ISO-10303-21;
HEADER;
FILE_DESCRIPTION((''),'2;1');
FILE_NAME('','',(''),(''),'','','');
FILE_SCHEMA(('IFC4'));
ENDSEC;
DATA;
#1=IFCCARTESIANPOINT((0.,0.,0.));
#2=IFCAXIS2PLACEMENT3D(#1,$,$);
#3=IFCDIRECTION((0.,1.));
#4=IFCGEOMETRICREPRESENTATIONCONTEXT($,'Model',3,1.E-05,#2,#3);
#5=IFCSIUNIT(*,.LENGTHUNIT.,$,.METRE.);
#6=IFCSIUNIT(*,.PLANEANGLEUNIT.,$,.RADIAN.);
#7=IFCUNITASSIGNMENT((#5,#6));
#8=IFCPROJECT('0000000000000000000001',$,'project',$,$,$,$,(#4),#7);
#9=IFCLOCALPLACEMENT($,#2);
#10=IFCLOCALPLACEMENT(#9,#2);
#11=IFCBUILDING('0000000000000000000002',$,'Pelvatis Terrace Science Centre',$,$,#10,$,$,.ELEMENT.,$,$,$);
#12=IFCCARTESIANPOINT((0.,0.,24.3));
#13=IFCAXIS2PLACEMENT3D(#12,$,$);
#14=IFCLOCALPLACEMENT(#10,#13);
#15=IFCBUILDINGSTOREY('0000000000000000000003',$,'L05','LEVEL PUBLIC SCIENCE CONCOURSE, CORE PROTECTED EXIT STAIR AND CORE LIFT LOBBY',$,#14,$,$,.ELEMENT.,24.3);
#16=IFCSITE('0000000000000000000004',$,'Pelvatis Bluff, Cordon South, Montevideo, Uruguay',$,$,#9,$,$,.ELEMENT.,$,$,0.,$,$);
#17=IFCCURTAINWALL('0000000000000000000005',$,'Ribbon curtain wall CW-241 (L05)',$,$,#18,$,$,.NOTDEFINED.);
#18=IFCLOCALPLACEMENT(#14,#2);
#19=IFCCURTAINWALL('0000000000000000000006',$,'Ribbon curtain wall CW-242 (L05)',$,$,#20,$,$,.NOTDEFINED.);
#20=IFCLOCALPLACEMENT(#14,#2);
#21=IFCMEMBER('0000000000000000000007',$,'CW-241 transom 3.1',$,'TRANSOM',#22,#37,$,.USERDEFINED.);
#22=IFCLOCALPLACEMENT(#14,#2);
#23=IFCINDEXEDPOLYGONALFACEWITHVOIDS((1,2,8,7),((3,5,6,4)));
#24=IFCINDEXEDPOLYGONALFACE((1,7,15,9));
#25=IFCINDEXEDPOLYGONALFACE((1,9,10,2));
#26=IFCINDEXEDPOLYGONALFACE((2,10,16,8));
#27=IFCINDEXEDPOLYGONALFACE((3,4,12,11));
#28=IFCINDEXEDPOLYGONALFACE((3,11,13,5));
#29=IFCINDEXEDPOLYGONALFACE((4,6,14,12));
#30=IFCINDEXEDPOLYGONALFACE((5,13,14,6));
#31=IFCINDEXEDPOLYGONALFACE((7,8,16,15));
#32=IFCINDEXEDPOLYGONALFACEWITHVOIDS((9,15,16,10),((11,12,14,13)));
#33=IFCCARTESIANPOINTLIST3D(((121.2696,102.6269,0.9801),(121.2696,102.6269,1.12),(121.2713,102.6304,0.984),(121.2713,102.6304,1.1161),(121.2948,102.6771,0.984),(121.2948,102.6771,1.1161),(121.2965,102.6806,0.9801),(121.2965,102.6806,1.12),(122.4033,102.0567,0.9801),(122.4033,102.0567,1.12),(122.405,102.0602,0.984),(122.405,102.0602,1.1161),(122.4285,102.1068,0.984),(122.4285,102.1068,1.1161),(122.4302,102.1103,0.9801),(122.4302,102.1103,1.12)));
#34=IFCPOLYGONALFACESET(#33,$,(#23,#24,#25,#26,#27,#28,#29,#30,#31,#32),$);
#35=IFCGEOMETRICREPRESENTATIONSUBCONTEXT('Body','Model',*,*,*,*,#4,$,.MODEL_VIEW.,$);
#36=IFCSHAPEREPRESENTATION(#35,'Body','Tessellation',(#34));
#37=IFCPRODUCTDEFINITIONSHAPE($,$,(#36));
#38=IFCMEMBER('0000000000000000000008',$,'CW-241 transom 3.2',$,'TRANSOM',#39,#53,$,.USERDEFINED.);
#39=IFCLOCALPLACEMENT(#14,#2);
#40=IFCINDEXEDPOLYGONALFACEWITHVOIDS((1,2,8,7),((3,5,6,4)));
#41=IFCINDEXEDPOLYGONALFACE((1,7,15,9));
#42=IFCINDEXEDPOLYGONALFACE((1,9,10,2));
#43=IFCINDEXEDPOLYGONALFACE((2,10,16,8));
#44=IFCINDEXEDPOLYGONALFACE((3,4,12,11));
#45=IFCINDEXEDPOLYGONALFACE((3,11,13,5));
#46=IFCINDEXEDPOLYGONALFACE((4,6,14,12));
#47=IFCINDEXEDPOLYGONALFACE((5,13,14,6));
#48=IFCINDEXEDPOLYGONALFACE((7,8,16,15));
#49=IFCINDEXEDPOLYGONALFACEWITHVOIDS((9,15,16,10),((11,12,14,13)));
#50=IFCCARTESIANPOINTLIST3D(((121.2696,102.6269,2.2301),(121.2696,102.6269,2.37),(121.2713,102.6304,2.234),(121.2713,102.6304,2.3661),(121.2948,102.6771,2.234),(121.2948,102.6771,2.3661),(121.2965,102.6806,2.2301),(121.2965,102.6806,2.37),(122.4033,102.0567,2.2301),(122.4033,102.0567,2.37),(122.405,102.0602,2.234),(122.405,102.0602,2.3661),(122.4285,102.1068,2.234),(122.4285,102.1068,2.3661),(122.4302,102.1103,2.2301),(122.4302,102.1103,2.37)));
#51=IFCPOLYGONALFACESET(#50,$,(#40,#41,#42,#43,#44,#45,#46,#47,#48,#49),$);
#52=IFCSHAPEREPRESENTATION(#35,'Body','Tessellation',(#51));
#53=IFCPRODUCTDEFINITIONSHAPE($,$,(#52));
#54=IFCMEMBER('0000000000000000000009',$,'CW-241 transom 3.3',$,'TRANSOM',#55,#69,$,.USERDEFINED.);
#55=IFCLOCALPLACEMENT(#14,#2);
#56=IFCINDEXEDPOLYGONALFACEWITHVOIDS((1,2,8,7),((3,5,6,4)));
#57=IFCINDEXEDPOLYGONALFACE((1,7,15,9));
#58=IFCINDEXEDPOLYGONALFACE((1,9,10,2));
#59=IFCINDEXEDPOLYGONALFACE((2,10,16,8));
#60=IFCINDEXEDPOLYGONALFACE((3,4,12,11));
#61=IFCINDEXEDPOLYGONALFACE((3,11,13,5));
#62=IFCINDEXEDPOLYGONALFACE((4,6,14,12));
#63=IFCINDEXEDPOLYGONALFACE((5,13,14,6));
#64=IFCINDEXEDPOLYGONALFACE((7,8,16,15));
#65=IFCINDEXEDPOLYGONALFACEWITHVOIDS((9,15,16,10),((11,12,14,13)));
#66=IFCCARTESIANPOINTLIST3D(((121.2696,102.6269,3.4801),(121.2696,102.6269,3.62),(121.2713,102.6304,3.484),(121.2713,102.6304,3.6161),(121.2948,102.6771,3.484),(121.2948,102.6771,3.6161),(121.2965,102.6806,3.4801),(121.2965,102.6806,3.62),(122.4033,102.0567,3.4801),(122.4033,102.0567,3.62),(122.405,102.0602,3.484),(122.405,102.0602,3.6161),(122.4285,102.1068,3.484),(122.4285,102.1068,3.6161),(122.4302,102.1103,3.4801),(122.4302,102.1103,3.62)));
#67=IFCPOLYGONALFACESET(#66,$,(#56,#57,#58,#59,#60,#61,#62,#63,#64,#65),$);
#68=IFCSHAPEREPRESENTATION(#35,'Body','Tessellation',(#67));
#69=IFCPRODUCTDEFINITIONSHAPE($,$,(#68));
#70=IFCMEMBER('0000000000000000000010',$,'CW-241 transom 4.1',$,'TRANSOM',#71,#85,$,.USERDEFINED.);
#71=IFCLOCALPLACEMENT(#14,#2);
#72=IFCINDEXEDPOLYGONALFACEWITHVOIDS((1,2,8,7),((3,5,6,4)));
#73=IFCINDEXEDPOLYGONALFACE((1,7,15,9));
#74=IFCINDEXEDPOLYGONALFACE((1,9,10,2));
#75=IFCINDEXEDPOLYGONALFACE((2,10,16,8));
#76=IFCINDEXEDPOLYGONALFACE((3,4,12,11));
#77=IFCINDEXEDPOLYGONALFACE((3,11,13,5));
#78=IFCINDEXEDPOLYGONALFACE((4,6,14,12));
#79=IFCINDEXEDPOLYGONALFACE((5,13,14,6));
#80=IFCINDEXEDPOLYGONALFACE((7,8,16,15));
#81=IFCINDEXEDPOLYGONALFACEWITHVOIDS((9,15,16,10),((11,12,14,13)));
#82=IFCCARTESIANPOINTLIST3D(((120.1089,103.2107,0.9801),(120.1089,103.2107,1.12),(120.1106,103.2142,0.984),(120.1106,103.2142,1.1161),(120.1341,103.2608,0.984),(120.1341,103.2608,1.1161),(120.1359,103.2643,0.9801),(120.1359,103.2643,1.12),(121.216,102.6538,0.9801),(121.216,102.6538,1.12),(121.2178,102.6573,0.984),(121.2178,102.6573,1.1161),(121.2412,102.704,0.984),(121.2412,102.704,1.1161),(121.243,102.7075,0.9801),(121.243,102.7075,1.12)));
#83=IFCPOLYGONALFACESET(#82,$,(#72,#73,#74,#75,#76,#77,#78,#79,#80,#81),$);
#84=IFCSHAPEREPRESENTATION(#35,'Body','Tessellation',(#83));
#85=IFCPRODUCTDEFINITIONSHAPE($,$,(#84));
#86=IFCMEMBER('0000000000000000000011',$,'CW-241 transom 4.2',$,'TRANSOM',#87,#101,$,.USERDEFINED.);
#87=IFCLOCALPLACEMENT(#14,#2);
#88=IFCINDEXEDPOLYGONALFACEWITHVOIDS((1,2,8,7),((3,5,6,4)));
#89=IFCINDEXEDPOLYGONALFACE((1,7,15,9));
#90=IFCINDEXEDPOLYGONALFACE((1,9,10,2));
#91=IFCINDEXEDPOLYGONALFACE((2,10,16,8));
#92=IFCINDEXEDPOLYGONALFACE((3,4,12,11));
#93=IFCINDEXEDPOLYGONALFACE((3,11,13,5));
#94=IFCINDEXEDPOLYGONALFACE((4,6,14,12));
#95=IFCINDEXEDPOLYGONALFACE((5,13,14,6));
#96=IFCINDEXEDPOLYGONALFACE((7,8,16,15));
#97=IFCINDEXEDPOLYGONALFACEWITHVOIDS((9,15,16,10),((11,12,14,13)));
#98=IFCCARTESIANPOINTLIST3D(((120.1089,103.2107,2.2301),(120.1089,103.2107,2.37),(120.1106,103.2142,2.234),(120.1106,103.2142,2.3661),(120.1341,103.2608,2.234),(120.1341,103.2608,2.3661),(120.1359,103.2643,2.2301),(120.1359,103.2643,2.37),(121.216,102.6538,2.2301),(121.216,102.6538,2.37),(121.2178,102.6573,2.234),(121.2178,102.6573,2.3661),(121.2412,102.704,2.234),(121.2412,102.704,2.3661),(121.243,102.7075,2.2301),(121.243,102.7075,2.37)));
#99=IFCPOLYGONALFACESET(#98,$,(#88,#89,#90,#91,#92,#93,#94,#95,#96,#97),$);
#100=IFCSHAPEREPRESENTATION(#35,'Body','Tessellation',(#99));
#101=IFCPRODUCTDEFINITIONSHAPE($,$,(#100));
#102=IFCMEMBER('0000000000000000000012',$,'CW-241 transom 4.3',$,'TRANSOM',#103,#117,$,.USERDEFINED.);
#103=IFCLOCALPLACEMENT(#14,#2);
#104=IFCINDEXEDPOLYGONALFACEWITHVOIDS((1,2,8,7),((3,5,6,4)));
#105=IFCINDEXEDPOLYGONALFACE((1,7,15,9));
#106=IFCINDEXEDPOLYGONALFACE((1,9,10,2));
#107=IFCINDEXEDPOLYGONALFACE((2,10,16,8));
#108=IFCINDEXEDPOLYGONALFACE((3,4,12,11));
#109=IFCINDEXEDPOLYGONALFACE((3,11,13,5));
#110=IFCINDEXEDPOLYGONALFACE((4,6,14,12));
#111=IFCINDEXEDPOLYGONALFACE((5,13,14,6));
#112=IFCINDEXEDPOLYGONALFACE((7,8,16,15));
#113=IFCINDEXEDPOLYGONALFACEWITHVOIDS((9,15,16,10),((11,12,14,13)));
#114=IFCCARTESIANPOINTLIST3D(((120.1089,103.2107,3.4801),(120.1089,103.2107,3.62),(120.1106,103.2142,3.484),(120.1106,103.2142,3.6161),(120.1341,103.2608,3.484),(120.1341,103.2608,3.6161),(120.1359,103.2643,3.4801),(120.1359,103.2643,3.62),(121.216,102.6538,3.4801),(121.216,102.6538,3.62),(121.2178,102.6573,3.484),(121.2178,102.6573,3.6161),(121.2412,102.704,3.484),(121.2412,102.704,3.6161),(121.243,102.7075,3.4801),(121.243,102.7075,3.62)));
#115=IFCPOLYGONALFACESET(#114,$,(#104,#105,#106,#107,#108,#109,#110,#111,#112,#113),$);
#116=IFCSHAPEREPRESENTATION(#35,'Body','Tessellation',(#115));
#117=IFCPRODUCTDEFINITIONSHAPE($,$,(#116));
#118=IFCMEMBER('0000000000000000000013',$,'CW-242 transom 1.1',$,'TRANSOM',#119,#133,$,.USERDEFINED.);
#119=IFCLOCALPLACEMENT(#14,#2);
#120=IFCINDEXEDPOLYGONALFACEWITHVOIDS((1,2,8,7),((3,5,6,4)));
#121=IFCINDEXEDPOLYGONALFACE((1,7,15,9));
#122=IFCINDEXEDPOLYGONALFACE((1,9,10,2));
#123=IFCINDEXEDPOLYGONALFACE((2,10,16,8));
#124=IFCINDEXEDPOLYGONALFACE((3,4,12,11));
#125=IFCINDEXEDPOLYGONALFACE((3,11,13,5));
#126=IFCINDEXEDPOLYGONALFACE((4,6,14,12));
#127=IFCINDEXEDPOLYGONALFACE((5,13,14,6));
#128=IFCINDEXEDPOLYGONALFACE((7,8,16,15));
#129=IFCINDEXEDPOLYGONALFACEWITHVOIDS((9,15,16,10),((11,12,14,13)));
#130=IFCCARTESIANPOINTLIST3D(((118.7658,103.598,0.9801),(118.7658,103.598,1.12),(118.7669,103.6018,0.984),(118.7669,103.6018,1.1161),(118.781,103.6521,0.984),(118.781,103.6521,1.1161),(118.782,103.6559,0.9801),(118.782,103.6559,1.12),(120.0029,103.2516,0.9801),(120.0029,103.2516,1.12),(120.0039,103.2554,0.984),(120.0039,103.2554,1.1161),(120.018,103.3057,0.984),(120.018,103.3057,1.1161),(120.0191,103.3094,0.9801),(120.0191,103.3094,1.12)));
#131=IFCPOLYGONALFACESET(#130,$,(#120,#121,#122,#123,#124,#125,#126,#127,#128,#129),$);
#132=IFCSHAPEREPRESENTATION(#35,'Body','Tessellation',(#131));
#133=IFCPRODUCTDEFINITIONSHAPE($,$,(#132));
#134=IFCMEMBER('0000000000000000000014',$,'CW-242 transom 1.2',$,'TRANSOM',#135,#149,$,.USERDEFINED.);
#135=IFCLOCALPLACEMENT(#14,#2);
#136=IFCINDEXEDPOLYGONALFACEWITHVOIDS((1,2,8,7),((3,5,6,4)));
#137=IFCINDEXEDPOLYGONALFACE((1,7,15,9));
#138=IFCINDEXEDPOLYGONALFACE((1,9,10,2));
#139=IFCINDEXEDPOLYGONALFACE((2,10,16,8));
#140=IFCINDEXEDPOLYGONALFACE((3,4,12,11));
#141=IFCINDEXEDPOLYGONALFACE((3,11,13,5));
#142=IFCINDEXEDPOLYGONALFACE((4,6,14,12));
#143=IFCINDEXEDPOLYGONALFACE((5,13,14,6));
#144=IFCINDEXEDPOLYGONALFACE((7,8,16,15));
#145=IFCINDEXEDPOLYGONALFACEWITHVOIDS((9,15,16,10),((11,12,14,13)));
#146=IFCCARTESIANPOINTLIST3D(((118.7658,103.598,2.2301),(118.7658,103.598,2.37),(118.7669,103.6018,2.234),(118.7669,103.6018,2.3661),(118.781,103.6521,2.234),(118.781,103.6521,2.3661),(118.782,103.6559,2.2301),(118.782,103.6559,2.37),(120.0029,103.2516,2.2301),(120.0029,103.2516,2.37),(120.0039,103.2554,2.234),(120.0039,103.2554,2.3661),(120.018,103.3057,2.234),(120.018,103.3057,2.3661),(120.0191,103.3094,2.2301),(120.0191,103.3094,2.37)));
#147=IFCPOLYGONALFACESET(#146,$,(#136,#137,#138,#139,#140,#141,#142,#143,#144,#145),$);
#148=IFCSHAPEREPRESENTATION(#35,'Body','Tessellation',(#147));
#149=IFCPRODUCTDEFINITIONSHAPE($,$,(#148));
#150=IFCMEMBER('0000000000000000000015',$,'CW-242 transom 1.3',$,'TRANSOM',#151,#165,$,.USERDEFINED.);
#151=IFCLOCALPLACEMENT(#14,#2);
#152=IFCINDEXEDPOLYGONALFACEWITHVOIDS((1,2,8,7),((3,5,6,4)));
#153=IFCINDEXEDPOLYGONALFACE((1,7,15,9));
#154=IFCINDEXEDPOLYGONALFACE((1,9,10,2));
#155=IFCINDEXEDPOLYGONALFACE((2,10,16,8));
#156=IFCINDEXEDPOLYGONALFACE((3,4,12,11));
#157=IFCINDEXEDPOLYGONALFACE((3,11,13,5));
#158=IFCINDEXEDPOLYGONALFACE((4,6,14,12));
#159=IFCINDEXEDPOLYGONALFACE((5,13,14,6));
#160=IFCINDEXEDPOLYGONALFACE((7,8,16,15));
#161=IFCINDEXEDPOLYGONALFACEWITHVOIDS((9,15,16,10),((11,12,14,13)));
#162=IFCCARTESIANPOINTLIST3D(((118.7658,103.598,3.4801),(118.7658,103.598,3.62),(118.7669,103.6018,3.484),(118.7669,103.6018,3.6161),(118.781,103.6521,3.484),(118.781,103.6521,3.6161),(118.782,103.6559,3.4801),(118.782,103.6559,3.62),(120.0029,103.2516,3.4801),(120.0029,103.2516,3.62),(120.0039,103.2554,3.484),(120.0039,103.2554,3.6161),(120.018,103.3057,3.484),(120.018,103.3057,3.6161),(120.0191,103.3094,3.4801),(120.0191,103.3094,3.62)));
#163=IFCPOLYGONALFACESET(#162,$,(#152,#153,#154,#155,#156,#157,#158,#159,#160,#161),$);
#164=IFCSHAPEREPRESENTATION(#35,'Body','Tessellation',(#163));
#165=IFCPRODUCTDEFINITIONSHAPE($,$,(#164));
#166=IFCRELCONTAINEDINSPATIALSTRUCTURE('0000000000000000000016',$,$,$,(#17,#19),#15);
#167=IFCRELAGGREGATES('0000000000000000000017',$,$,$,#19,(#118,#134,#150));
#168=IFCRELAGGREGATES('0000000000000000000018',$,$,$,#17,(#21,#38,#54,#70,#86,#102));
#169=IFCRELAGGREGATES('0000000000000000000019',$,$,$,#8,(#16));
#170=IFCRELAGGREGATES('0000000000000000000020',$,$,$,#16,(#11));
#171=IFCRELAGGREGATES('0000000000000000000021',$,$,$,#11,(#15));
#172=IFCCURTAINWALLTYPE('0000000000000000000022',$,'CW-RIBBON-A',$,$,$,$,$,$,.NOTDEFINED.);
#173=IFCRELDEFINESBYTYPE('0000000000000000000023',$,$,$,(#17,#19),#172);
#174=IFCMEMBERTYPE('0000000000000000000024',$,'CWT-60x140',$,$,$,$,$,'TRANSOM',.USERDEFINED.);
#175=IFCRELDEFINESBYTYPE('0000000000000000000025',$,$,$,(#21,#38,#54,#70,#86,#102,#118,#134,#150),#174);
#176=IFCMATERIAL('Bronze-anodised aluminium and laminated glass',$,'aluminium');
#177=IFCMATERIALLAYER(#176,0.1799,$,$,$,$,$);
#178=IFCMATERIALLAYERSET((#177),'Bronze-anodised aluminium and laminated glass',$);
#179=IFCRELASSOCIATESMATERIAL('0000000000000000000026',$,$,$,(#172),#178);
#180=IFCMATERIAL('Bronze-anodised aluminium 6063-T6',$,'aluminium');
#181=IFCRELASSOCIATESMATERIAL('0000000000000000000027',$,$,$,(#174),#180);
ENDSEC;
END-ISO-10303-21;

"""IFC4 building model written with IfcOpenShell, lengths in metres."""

from ifc_helpers import new_model, si_unit, direction, frame, origin, origin_2d, place, context, subcontext, project, spatial, hollow_rectangle, extrude, material, layer, layer_set, material_profile, profile_set, type_object, element, aggregate, save


model = new_model("IFC4")

# Units and contexts
model_context = context("Model", 3, precision=1e-05, world=origin(), true_north=direction((0.0, 1.0)))
body_context = subcontext(model_context, "Body", "Model", "MODEL_VIEW")
ifc_project = project(units=[si_unit("LENGTHUNIT", "METRE"), si_unit("PLANEANGLEUNIT", "RADIAN")], contexts=[model_context])

# Site, building, storey
site_placement = place(None, origin())
site = spatial("IfcSite", under=ifc_project, at=site_placement, Name="Pelvatis Bluff, Cordon South, Montevideo, Uruguay", CompositionType="ELEMENT", RefElevation=0.0)
building_placement = place(site_placement, origin())
building = spatial("IfcBuilding", under=site, at=building_placement, Name="Pelvatis Terrace Science Centre", CompositionType="ELEMENT")
storey_placement = place(building_placement, frame((0.0, 0.0, 24.3)))
storey = spatial("IfcBuildingStorey", under=building, at=storey_placement, Name="L05", Description="LEVEL PUBLIC SCIENCE CONCOURSE, CORE PROTECTED EXIT STAIR AND CORE LIFT LOBBY", CompositionType="ELEMENT", Elevation=24.3)

# Curtain wall
ifc_material_1 = material(Name="Bronze-anodised aluminium and laminated glass", Category="aluminium")
ifc_layer_1 = layer(ifc_material_1, 0.1799)
ifc_layer_set_1 = layer_set([ifc_layer_1], Name="Bronze-anodised aluminium and laminated glass")
curtain_wall_type = type_object("IfcCurtainWallType", Name="CW-RIBBON-A", PredefinedType="NOTDEFINED", material=ifc_layer_set_1)
curtain_wall_1_placement = place(storey_placement, origin())
curtain_wall_1 = element("IfcCurtainWall", 1, at=curtain_wall_1_placement, inside=storey, type_object=curtain_wall_type, Name="Ribbon curtain wall CW-241 (L05)", PredefinedType="NOTDEFINED")

# Curtain wall
curtain_wall_2_placement = place(storey_placement, origin())
curtain_wall_2 = element("IfcCurtainWall", 2, at=curtain_wall_2_placement, inside=storey, type_object=curtain_wall_type, Name="Ribbon curtain wall CW-242 (L05)", PredefinedType="NOTDEFINED")

# Members
ifc_material_2 = material(Name="Bronze-anodised aluminium 6063-T6", Category="aluminium")
ifc_material_profile_1 = material_profile(ifc_material_2, hollow_rectangle(XDim=0.0601, YDim=0.1399, WallThickness=0.0039, at=origin_2d()), Name="ALU-TRN 60x140")
ifc_profile_set_1 = profile_set([ifc_material_profile_1], Name="Bronze-anodised aluminium 6063-T6")
member_type_1 = type_object("IfcMemberType", Name="CWT-60x140", ElementType="TRANSOM", PredefinedType="USERDEFINED", material=ifc_profile_set_1)
member_1_placement = place(storey_placement, frame((122.4167, 102.0835, 1.05), z_axis=(-0.893347, 0.449367, 0.0), x_axis=(-0.449367, -0.893347, 0.0)))
member_1 = element("IfcMember", 3, at=member_1_placement, type_object=member_type_1, Name="CW-241 transom 3.1", ObjectType="TRANSOM", PredefinedType="USERDEFINED", context=body_context, shape_type="SweptSolid", body=[
    extrude(hollow_rectangle(XDim=0.0601, YDim=0.1399, WallThickness=0.0039, at=origin_2d()), origin(), (0.0, 0.0, 1.0), 1.269),
])
member_2_placement = place(storey_placement, frame((122.4167, 102.0835, 2.3), z_axis=(-0.893347, 0.449367, 0.0), x_axis=(-0.449367, -0.893347, 0.0)))
member_2 = element("IfcMember", 4, at=member_2_placement, type_object=member_type_1, Name="CW-241 transom 3.2", ObjectType="TRANSOM", PredefinedType="USERDEFINED", context=body_context, shape_type="SweptSolid", body=[
    extrude(hollow_rectangle(XDim=0.0601, YDim=0.1399, WallThickness=0.0039, at=origin_2d()), origin(), (0.0, 0.0, 1.0), 1.269),
])
member_3_placement = place(storey_placement, frame((122.4167, 102.0835, 3.55), z_axis=(-0.893347, 0.449367, 0.0), x_axis=(-0.449367, -0.893347, 0.0)))
member_3 = element("IfcMember", 5, at=member_3_placement, type_object=member_type_1, Name="CW-241 transom 3.3", ObjectType="TRANSOM", PredefinedType="USERDEFINED", context=body_context, shape_type="SweptSolid", body=[
    extrude(hollow_rectangle(XDim=0.0601, YDim=0.1399, WallThickness=0.0039, at=origin_2d()), origin(), (0.0, 0.0, 1.0), 1.269),
])
member_4_placement = place(storey_placement, frame((121.2295, 102.6807, 1.05), z_axis=(-0.893361, 0.44934, 0.0), x_axis=(-0.44934, -0.893361, 0.0)))
member_4 = element("IfcMember", 6, at=member_4_placement, type_object=member_type_1, Name="CW-241 transom 4.1", ObjectType="TRANSOM", PredefinedType="USERDEFINED", context=body_context, shape_type="SweptSolid", body=[
    extrude(hollow_rectangle(XDim=0.0601, YDim=0.1399, WallThickness=0.0039, at=origin_2d()), origin(), (0.0, 0.0, 1.0), 1.2393),
])
member_5_placement = place(storey_placement, frame((121.2295, 102.6807, 2.3), z_axis=(-0.893361, 0.44934, 0.0), x_axis=(-0.44934, -0.893361, 0.0)))
member_5 = element("IfcMember", 7, at=member_5_placement, type_object=member_type_1, Name="CW-241 transom 4.2", ObjectType="TRANSOM", PredefinedType="USERDEFINED", context=body_context, shape_type="SweptSolid", body=[
    extrude(hollow_rectangle(XDim=0.0601, YDim=0.1399, WallThickness=0.0039, at=origin_2d()), origin(), (0.0, 0.0, 1.0), 1.2393),
])
member_6_placement = place(storey_placement, frame((121.2295, 102.6807, 3.55), z_axis=(-0.893361, 0.44934, 0.0), x_axis=(-0.44934, -0.893361, 0.0)))
member_6 = element("IfcMember", 8, at=member_6_placement, type_object=member_type_1, Name="CW-241 transom 4.3", ObjectType="TRANSOM", PredefinedType="USERDEFINED", context=body_context, shape_type="SweptSolid", body=[
    extrude(hollow_rectangle(XDim=0.0601, YDim=0.1399, WallThickness=0.0039, at=origin_2d()), origin(), (0.0, 0.0, 1.0), 1.2393),
])
member_7_placement = place(storey_placement, frame((120.011, 103.2805, 1.05), z_axis=(-0.962952, 0.269672, 0.0), x_axis=(-0.269672, -0.962952, 0.0)))
member_7 = element("IfcMember", 9, at=member_7_placement, type_object=member_type_1, Name="CW-242 transom 1.1", ObjectType="TRANSOM", PredefinedType="USERDEFINED", context=body_context, shape_type="SweptSolid", body=[
    extrude(hollow_rectangle(XDim=0.0601, YDim=0.1399, WallThickness=0.0039, at=origin_2d()), origin(), (0.0, 0.0, 1.0), 1.2847),
])
member_8_placement = place(storey_placement, frame((120.011, 103.2805, 2.3), z_axis=(-0.962952, 0.269672, 0.0), x_axis=(-0.269672, -0.962952, 0.0)))
member_8 = element("IfcMember", 10, at=member_8_placement, type_object=member_type_1, Name="CW-242 transom 1.2", ObjectType="TRANSOM", PredefinedType="USERDEFINED", context=body_context, shape_type="SweptSolid", body=[
    extrude(hollow_rectangle(XDim=0.0601, YDim=0.1399, WallThickness=0.0039, at=origin_2d()), origin(), (0.0, 0.0, 1.0), 1.2847),
])
member_9_placement = place(storey_placement, frame((120.011, 103.2805, 3.55), z_axis=(-0.962952, 0.269672, 0.0), x_axis=(-0.269672, -0.962952, 0.0)))
member_9 = element("IfcMember", 11, at=member_9_placement, type_object=member_type_1, Name="CW-242 transom 1.3", ObjectType="TRANSOM", PredefinedType="USERDEFINED", context=body_context, shape_type="SweptSolid", body=[
    extrude(hollow_rectangle(XDim=0.0601, YDim=0.1399, WallThickness=0.0039, at=origin_2d()), origin(), (0.0, 0.0, 1.0), 1.2847),
])
aggregate(curtain_wall_2, [member_7, member_8, member_9])

aggregate(curtain_wall_1, [member_1, member_2, member_3, member_4, member_5, member_6])

save(model, "model.ifc")
